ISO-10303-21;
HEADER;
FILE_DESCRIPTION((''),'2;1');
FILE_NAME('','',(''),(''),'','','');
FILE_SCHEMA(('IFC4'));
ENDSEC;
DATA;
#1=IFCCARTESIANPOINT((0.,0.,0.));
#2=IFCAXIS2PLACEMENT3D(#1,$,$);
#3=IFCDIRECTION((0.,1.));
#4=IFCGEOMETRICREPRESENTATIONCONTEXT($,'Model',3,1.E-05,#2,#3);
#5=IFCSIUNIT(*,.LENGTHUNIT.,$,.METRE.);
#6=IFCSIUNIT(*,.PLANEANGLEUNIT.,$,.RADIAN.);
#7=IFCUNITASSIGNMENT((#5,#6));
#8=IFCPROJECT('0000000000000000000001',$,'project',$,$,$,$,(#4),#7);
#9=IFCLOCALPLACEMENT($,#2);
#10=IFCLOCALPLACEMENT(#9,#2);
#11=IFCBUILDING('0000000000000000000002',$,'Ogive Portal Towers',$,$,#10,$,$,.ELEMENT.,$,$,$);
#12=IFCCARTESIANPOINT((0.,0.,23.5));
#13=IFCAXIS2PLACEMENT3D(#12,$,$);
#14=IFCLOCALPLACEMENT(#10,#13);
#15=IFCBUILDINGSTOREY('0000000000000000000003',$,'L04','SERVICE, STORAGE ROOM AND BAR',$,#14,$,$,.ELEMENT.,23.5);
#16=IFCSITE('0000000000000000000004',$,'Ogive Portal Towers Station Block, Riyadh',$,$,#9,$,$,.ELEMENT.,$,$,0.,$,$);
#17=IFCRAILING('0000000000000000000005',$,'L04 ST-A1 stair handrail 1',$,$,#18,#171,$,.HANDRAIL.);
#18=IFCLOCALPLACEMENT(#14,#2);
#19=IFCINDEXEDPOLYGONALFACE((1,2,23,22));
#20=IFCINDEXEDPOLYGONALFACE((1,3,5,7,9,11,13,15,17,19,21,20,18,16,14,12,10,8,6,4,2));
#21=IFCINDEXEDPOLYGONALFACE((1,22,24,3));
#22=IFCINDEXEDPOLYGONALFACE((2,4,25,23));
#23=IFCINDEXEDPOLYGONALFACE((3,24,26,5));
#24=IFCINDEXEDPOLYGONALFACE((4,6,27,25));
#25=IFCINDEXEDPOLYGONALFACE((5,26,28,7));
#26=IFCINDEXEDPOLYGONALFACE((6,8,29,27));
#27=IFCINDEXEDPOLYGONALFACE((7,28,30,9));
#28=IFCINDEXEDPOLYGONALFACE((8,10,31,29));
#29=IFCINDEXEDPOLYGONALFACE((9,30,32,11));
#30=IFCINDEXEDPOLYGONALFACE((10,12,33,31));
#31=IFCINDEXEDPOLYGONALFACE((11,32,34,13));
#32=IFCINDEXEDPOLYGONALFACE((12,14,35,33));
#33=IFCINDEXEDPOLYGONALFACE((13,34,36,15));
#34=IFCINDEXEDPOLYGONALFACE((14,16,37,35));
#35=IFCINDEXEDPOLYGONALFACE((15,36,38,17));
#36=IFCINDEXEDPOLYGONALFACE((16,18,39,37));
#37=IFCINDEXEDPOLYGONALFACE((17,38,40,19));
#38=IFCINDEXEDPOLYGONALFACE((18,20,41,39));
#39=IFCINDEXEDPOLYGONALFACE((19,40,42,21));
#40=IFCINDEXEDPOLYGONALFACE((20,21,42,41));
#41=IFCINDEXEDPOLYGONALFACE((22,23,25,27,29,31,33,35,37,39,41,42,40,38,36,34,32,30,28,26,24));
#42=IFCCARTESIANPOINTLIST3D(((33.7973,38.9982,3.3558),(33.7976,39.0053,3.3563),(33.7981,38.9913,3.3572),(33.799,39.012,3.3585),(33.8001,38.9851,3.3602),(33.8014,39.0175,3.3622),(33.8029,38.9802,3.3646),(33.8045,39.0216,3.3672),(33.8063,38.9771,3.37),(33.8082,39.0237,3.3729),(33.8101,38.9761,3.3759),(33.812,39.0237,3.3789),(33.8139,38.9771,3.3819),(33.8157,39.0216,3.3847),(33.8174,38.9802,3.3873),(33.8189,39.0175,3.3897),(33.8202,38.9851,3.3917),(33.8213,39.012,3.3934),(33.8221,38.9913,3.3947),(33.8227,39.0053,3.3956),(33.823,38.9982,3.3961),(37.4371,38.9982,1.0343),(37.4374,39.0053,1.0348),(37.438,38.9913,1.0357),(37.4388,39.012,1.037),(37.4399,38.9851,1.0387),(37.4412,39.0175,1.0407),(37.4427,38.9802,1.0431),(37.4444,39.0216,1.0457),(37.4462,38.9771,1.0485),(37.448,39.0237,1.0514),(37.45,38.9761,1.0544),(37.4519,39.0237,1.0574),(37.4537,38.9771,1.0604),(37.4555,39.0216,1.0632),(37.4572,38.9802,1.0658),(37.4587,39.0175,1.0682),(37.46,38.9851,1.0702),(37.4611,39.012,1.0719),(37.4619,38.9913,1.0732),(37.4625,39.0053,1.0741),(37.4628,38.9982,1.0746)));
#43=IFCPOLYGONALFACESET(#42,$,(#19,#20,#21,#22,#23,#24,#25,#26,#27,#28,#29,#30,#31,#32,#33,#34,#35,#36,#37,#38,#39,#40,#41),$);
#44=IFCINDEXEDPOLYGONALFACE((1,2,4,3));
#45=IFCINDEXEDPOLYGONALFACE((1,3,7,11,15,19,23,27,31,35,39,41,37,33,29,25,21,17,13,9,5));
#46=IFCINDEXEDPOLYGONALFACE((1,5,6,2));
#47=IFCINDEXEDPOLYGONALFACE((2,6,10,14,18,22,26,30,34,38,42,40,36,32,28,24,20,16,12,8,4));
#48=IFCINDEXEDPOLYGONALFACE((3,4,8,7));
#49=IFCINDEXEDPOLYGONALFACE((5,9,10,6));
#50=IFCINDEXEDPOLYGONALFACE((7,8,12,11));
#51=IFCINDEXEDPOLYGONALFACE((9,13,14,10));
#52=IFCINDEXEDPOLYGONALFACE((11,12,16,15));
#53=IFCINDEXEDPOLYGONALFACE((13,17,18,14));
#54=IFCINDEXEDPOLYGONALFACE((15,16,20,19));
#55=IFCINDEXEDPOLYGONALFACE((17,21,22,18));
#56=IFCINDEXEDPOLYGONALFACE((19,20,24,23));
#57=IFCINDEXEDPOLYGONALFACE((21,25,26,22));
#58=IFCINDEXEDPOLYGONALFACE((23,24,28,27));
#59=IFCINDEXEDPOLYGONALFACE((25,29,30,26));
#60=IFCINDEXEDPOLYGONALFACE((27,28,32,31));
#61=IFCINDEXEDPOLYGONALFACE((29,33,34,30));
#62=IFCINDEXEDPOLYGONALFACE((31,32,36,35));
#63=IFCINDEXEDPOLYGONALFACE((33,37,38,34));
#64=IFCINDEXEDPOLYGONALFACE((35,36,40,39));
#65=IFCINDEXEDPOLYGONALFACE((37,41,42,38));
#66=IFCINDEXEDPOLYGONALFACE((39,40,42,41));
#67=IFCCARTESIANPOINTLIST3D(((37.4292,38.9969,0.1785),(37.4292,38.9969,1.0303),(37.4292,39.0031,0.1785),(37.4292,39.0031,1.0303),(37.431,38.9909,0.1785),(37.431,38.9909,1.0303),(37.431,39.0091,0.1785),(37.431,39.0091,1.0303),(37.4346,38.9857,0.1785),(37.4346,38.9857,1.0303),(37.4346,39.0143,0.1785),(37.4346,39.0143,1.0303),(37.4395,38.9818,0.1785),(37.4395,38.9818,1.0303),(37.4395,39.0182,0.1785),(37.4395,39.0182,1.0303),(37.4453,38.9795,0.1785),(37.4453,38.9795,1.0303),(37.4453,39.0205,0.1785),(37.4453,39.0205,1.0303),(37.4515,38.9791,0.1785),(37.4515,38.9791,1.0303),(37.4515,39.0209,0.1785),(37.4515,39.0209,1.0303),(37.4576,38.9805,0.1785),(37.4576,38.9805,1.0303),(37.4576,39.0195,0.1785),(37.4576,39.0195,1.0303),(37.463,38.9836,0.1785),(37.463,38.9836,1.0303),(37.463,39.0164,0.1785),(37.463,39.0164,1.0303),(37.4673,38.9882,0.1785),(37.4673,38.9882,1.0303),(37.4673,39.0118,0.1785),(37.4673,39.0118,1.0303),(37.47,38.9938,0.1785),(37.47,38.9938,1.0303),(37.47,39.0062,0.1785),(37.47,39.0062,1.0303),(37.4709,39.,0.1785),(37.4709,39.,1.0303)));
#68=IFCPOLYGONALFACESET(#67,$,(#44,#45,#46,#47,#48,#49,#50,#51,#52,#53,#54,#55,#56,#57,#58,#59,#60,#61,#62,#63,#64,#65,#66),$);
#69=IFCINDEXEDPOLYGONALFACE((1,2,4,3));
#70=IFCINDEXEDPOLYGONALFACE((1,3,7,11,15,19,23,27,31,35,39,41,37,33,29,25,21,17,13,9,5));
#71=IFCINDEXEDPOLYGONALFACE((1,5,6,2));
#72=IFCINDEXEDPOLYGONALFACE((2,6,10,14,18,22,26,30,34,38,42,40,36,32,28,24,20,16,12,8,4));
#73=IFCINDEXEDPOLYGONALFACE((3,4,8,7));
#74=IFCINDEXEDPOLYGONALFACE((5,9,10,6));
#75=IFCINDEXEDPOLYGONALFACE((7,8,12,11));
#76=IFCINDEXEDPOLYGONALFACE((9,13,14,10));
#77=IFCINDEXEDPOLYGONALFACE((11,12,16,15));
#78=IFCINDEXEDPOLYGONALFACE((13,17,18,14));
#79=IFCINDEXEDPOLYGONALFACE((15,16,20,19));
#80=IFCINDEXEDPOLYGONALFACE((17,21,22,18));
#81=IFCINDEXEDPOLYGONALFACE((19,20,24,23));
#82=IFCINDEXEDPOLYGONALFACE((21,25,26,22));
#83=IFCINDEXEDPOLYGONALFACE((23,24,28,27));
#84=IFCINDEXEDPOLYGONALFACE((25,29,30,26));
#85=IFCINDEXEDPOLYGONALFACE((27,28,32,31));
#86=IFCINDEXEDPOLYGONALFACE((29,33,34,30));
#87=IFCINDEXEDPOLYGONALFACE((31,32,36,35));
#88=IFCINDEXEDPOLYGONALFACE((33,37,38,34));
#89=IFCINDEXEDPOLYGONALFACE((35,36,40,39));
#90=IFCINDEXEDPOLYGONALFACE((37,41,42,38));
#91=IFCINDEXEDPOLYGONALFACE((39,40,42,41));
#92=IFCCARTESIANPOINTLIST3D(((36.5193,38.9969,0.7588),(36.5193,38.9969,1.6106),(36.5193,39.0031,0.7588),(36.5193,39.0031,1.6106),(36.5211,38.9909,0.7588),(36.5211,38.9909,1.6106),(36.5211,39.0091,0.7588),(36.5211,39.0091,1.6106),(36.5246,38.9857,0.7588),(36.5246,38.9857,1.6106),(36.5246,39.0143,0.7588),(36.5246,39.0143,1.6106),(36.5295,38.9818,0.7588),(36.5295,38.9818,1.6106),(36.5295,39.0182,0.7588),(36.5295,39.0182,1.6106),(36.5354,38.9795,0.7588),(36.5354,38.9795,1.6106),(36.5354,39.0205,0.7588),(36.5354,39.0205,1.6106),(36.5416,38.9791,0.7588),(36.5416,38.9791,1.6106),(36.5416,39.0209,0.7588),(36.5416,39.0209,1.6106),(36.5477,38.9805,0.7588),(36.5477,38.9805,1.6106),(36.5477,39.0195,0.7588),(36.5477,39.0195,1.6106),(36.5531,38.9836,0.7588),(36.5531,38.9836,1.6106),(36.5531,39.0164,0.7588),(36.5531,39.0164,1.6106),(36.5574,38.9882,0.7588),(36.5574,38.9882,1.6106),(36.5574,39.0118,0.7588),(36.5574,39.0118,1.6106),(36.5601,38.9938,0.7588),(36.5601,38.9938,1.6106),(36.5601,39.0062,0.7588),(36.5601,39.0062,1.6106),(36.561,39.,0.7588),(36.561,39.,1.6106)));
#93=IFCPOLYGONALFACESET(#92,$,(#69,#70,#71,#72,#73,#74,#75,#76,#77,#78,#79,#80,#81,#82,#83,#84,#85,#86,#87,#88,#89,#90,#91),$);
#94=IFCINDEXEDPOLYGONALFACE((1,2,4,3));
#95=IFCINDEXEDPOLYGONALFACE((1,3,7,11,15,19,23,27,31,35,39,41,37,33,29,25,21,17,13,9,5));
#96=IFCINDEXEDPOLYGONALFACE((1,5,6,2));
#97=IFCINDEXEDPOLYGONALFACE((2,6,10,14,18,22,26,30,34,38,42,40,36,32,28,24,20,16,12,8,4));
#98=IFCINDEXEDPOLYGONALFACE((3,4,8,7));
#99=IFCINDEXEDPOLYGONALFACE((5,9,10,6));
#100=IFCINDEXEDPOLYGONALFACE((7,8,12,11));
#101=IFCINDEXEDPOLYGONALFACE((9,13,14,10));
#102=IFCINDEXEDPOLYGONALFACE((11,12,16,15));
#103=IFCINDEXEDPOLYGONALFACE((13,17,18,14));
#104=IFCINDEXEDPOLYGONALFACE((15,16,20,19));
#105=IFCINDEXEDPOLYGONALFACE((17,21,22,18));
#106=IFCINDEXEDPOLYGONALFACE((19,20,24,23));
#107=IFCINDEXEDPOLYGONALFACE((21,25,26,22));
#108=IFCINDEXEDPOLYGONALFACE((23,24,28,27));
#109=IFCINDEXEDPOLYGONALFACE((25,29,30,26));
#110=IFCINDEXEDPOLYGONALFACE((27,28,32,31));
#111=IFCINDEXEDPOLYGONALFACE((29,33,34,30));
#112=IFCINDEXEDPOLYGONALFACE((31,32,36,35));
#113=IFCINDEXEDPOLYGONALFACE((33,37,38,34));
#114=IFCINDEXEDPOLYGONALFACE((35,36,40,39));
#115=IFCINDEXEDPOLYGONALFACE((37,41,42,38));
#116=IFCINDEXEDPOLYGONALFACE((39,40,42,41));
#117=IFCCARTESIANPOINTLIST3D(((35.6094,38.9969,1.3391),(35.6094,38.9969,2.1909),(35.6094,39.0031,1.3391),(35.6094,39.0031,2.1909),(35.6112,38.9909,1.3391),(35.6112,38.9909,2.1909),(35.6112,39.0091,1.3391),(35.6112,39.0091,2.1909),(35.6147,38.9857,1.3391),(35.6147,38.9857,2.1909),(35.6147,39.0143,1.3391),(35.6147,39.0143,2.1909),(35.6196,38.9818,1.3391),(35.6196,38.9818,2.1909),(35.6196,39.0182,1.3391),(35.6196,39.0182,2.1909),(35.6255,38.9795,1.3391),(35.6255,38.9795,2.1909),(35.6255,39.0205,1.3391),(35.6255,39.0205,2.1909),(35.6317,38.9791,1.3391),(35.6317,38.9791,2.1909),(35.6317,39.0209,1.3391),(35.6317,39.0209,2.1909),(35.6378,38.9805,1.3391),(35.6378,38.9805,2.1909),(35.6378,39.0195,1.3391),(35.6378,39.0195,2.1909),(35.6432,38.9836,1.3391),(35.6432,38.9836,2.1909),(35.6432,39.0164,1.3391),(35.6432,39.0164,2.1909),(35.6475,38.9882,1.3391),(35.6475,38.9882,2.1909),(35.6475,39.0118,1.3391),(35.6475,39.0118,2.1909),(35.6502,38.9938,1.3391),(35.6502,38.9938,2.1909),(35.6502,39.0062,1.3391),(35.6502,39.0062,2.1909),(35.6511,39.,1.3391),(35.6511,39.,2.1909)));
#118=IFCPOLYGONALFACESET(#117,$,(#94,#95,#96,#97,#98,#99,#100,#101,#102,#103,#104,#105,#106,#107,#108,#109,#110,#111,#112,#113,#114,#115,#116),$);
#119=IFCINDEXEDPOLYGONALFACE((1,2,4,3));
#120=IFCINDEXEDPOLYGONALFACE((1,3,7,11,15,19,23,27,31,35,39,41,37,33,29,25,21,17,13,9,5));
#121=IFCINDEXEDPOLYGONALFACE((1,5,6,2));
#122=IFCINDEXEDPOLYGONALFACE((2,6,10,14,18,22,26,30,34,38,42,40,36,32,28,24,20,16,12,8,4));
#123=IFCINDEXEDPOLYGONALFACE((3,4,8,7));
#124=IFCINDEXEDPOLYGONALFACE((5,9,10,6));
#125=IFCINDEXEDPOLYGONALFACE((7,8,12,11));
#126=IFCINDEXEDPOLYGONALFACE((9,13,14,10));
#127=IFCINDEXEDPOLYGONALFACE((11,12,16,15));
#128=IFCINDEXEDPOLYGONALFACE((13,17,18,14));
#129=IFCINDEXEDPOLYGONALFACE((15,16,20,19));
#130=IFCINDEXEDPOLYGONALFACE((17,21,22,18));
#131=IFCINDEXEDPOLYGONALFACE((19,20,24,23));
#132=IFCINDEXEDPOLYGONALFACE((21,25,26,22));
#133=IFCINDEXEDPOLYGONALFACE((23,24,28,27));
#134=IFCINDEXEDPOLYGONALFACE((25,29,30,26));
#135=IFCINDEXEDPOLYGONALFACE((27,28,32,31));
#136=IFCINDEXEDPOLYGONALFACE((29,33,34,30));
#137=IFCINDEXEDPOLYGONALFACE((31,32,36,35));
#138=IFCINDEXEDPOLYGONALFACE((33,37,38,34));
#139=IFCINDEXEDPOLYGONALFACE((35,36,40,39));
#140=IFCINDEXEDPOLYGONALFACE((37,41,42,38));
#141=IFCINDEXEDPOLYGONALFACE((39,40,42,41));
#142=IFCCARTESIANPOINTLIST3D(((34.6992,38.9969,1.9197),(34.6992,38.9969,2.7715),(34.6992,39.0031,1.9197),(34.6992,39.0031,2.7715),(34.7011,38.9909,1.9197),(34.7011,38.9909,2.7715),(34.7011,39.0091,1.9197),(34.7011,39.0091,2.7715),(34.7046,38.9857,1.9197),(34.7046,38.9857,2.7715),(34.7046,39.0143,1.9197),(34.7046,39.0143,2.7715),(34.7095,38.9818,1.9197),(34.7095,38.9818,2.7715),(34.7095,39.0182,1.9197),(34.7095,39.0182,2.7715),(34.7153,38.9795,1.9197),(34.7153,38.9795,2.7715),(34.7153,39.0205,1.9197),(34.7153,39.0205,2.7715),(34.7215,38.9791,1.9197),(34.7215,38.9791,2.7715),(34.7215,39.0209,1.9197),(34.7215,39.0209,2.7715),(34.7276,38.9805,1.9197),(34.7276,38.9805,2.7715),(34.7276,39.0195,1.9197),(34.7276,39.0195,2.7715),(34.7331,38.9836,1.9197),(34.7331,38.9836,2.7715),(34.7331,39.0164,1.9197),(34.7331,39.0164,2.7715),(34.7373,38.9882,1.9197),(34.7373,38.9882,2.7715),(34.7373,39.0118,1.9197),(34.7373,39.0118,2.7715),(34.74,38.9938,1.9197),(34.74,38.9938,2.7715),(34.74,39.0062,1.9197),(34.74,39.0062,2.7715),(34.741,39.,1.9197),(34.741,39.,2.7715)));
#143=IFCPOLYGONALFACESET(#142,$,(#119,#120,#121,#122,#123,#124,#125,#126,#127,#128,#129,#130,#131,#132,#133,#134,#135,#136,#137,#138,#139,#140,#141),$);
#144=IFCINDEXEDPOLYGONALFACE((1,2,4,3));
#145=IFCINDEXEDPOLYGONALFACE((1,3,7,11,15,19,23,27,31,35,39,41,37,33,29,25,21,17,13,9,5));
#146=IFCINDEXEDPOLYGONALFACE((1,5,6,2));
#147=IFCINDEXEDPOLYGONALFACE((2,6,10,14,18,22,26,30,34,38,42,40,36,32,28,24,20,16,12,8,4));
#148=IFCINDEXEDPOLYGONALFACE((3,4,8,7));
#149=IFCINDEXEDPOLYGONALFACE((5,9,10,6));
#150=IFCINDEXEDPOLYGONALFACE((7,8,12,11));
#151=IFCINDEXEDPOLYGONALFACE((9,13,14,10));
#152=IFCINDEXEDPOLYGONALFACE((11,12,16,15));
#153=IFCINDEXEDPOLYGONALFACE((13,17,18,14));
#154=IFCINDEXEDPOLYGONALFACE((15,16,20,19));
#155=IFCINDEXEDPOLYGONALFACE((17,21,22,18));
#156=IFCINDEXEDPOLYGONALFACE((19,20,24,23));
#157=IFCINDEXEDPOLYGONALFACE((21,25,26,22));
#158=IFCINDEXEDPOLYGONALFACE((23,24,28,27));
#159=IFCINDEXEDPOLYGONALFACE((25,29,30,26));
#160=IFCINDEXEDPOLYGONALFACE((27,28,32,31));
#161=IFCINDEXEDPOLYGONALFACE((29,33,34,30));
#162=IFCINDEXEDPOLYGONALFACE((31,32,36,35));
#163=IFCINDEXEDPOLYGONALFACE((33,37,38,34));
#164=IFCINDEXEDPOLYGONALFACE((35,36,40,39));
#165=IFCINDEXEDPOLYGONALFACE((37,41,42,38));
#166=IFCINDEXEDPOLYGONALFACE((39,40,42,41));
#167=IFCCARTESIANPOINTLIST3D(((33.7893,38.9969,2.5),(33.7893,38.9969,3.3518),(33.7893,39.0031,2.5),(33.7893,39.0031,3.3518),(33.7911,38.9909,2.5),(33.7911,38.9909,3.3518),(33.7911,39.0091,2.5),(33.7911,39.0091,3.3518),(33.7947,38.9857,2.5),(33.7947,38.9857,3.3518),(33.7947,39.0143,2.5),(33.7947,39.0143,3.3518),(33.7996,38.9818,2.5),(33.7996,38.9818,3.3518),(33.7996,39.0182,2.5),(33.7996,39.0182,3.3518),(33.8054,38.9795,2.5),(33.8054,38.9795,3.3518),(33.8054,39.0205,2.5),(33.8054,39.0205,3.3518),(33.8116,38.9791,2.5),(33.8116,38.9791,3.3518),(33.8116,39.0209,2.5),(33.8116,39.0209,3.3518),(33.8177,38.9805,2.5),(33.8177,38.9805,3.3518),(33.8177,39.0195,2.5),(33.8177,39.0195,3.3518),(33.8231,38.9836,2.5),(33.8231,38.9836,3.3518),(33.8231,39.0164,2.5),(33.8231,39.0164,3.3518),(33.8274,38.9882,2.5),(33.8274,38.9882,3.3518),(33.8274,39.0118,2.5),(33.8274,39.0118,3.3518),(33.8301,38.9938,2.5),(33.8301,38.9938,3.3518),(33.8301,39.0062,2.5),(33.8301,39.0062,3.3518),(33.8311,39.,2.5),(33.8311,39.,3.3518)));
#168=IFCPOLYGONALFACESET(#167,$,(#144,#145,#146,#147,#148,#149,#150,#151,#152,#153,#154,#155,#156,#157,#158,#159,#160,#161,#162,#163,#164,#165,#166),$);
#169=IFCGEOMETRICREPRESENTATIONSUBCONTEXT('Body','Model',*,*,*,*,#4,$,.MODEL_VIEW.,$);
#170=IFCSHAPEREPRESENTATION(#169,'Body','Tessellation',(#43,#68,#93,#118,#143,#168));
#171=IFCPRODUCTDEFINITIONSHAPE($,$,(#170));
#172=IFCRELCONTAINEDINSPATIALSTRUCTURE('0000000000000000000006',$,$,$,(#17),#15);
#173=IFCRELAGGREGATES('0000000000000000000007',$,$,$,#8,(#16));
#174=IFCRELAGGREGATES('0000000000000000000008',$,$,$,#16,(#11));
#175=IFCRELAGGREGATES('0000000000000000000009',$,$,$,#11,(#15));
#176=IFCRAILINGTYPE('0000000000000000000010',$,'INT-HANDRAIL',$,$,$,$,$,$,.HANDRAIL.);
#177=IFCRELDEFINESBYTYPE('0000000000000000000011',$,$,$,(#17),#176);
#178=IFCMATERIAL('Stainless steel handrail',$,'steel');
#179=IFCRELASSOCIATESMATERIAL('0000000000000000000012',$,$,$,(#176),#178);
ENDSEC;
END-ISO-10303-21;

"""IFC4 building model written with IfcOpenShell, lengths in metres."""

from ifc_helpers import new_model, si_unit, direction, frame, origin, origin_2d, place, context, subcontext, project, spatial, circle, extrude, material, type_object, element, save


model = new_model("IFC4")

# Units and contexts
model_context = context("Model", 3, precision=1e-05, world=origin(), true_north=direction((0.0, 1.0)))
body_context = subcontext(model_context, "Body", "Model", "MODEL_VIEW")
ifc_project = project(units=[si_unit("LENGTHUNIT", "METRE"), si_unit("PLANEANGLEUNIT", "RADIAN")], contexts=[model_context])

# Site, building, storey
site_placement = place(None, origin())
site = spatial("IfcSite", under=ifc_project, at=site_placement, Name="Ogive Portal Towers Station Block, Riyadh", CompositionType="ELEMENT", RefElevation=0.0)
building_placement = place(site_placement, origin())
building = spatial("IfcBuilding", under=site, at=building_placement, Name="Ogive Portal Towers", CompositionType="ELEMENT")
storey_placement = place(building_placement, frame((0.0, 0.0, 23.5)))
storey = spatial("IfcBuildingStorey", under=building, at=storey_placement, Name="L04", Description="SERVICE, STORAGE ROOM AND BAR", CompositionType="ELEMENT", Elevation=23.5)

# Railing
ifc_material_1 = material(Name="Stainless steel handrail", Category="steel")
railing_type_1 = type_object("IfcRailingType", Name="INT-HANDRAIL", PredefinedType="HANDRAIL", material=ifc_material_1)
railing_1_placement = place(storey_placement, frame((37.45, 39.0, 0.1785)))
element("IfcRailing", 1, at=railing_1_placement, inside=storey, type_object=railing_type_1, Name="L04 ST-A1 stair handrail 1", PredefinedType="HANDRAIL", context=body_context, shape_type="SweptSolid", body=[
    extrude(circle(Radius=0.0239, at=origin_2d()), frame((0.0, 0.0, 0.876), z_axis=(-0.843112, 0.0, 0.537739), x_axis=(0.0, -1.0, 0.0)), (0.0, 0.0, 1.0), 4.3171),
    extrude(circle(Radius=0.021, at=origin_2d()), origin(), (0.0, 0.0, 1.0), 0.8518),
    extrude(circle(Radius=0.021, at=origin_2d()), frame((-0.9099, 0.0, 0.5803)), (0.0, 0.0, 1.0), 0.8518),
    extrude(circle(Radius=0.021, at=origin_2d()), frame((-1.8198, 0.0, 1.1606)), (0.0, 0.0, 1.0), 0.8518),
    extrude(circle(Radius=0.021, at=origin_2d()), frame((-2.73, 0.0, 1.7412)), (0.0, 0.0, 1.0), 0.8518),
    extrude(circle(Radius=0.021, at=origin_2d()), frame((-3.6399, 0.0, 2.3215)), (0.0, 0.0, 1.0), 0.8518),
])

save(model, "model.ifc")
